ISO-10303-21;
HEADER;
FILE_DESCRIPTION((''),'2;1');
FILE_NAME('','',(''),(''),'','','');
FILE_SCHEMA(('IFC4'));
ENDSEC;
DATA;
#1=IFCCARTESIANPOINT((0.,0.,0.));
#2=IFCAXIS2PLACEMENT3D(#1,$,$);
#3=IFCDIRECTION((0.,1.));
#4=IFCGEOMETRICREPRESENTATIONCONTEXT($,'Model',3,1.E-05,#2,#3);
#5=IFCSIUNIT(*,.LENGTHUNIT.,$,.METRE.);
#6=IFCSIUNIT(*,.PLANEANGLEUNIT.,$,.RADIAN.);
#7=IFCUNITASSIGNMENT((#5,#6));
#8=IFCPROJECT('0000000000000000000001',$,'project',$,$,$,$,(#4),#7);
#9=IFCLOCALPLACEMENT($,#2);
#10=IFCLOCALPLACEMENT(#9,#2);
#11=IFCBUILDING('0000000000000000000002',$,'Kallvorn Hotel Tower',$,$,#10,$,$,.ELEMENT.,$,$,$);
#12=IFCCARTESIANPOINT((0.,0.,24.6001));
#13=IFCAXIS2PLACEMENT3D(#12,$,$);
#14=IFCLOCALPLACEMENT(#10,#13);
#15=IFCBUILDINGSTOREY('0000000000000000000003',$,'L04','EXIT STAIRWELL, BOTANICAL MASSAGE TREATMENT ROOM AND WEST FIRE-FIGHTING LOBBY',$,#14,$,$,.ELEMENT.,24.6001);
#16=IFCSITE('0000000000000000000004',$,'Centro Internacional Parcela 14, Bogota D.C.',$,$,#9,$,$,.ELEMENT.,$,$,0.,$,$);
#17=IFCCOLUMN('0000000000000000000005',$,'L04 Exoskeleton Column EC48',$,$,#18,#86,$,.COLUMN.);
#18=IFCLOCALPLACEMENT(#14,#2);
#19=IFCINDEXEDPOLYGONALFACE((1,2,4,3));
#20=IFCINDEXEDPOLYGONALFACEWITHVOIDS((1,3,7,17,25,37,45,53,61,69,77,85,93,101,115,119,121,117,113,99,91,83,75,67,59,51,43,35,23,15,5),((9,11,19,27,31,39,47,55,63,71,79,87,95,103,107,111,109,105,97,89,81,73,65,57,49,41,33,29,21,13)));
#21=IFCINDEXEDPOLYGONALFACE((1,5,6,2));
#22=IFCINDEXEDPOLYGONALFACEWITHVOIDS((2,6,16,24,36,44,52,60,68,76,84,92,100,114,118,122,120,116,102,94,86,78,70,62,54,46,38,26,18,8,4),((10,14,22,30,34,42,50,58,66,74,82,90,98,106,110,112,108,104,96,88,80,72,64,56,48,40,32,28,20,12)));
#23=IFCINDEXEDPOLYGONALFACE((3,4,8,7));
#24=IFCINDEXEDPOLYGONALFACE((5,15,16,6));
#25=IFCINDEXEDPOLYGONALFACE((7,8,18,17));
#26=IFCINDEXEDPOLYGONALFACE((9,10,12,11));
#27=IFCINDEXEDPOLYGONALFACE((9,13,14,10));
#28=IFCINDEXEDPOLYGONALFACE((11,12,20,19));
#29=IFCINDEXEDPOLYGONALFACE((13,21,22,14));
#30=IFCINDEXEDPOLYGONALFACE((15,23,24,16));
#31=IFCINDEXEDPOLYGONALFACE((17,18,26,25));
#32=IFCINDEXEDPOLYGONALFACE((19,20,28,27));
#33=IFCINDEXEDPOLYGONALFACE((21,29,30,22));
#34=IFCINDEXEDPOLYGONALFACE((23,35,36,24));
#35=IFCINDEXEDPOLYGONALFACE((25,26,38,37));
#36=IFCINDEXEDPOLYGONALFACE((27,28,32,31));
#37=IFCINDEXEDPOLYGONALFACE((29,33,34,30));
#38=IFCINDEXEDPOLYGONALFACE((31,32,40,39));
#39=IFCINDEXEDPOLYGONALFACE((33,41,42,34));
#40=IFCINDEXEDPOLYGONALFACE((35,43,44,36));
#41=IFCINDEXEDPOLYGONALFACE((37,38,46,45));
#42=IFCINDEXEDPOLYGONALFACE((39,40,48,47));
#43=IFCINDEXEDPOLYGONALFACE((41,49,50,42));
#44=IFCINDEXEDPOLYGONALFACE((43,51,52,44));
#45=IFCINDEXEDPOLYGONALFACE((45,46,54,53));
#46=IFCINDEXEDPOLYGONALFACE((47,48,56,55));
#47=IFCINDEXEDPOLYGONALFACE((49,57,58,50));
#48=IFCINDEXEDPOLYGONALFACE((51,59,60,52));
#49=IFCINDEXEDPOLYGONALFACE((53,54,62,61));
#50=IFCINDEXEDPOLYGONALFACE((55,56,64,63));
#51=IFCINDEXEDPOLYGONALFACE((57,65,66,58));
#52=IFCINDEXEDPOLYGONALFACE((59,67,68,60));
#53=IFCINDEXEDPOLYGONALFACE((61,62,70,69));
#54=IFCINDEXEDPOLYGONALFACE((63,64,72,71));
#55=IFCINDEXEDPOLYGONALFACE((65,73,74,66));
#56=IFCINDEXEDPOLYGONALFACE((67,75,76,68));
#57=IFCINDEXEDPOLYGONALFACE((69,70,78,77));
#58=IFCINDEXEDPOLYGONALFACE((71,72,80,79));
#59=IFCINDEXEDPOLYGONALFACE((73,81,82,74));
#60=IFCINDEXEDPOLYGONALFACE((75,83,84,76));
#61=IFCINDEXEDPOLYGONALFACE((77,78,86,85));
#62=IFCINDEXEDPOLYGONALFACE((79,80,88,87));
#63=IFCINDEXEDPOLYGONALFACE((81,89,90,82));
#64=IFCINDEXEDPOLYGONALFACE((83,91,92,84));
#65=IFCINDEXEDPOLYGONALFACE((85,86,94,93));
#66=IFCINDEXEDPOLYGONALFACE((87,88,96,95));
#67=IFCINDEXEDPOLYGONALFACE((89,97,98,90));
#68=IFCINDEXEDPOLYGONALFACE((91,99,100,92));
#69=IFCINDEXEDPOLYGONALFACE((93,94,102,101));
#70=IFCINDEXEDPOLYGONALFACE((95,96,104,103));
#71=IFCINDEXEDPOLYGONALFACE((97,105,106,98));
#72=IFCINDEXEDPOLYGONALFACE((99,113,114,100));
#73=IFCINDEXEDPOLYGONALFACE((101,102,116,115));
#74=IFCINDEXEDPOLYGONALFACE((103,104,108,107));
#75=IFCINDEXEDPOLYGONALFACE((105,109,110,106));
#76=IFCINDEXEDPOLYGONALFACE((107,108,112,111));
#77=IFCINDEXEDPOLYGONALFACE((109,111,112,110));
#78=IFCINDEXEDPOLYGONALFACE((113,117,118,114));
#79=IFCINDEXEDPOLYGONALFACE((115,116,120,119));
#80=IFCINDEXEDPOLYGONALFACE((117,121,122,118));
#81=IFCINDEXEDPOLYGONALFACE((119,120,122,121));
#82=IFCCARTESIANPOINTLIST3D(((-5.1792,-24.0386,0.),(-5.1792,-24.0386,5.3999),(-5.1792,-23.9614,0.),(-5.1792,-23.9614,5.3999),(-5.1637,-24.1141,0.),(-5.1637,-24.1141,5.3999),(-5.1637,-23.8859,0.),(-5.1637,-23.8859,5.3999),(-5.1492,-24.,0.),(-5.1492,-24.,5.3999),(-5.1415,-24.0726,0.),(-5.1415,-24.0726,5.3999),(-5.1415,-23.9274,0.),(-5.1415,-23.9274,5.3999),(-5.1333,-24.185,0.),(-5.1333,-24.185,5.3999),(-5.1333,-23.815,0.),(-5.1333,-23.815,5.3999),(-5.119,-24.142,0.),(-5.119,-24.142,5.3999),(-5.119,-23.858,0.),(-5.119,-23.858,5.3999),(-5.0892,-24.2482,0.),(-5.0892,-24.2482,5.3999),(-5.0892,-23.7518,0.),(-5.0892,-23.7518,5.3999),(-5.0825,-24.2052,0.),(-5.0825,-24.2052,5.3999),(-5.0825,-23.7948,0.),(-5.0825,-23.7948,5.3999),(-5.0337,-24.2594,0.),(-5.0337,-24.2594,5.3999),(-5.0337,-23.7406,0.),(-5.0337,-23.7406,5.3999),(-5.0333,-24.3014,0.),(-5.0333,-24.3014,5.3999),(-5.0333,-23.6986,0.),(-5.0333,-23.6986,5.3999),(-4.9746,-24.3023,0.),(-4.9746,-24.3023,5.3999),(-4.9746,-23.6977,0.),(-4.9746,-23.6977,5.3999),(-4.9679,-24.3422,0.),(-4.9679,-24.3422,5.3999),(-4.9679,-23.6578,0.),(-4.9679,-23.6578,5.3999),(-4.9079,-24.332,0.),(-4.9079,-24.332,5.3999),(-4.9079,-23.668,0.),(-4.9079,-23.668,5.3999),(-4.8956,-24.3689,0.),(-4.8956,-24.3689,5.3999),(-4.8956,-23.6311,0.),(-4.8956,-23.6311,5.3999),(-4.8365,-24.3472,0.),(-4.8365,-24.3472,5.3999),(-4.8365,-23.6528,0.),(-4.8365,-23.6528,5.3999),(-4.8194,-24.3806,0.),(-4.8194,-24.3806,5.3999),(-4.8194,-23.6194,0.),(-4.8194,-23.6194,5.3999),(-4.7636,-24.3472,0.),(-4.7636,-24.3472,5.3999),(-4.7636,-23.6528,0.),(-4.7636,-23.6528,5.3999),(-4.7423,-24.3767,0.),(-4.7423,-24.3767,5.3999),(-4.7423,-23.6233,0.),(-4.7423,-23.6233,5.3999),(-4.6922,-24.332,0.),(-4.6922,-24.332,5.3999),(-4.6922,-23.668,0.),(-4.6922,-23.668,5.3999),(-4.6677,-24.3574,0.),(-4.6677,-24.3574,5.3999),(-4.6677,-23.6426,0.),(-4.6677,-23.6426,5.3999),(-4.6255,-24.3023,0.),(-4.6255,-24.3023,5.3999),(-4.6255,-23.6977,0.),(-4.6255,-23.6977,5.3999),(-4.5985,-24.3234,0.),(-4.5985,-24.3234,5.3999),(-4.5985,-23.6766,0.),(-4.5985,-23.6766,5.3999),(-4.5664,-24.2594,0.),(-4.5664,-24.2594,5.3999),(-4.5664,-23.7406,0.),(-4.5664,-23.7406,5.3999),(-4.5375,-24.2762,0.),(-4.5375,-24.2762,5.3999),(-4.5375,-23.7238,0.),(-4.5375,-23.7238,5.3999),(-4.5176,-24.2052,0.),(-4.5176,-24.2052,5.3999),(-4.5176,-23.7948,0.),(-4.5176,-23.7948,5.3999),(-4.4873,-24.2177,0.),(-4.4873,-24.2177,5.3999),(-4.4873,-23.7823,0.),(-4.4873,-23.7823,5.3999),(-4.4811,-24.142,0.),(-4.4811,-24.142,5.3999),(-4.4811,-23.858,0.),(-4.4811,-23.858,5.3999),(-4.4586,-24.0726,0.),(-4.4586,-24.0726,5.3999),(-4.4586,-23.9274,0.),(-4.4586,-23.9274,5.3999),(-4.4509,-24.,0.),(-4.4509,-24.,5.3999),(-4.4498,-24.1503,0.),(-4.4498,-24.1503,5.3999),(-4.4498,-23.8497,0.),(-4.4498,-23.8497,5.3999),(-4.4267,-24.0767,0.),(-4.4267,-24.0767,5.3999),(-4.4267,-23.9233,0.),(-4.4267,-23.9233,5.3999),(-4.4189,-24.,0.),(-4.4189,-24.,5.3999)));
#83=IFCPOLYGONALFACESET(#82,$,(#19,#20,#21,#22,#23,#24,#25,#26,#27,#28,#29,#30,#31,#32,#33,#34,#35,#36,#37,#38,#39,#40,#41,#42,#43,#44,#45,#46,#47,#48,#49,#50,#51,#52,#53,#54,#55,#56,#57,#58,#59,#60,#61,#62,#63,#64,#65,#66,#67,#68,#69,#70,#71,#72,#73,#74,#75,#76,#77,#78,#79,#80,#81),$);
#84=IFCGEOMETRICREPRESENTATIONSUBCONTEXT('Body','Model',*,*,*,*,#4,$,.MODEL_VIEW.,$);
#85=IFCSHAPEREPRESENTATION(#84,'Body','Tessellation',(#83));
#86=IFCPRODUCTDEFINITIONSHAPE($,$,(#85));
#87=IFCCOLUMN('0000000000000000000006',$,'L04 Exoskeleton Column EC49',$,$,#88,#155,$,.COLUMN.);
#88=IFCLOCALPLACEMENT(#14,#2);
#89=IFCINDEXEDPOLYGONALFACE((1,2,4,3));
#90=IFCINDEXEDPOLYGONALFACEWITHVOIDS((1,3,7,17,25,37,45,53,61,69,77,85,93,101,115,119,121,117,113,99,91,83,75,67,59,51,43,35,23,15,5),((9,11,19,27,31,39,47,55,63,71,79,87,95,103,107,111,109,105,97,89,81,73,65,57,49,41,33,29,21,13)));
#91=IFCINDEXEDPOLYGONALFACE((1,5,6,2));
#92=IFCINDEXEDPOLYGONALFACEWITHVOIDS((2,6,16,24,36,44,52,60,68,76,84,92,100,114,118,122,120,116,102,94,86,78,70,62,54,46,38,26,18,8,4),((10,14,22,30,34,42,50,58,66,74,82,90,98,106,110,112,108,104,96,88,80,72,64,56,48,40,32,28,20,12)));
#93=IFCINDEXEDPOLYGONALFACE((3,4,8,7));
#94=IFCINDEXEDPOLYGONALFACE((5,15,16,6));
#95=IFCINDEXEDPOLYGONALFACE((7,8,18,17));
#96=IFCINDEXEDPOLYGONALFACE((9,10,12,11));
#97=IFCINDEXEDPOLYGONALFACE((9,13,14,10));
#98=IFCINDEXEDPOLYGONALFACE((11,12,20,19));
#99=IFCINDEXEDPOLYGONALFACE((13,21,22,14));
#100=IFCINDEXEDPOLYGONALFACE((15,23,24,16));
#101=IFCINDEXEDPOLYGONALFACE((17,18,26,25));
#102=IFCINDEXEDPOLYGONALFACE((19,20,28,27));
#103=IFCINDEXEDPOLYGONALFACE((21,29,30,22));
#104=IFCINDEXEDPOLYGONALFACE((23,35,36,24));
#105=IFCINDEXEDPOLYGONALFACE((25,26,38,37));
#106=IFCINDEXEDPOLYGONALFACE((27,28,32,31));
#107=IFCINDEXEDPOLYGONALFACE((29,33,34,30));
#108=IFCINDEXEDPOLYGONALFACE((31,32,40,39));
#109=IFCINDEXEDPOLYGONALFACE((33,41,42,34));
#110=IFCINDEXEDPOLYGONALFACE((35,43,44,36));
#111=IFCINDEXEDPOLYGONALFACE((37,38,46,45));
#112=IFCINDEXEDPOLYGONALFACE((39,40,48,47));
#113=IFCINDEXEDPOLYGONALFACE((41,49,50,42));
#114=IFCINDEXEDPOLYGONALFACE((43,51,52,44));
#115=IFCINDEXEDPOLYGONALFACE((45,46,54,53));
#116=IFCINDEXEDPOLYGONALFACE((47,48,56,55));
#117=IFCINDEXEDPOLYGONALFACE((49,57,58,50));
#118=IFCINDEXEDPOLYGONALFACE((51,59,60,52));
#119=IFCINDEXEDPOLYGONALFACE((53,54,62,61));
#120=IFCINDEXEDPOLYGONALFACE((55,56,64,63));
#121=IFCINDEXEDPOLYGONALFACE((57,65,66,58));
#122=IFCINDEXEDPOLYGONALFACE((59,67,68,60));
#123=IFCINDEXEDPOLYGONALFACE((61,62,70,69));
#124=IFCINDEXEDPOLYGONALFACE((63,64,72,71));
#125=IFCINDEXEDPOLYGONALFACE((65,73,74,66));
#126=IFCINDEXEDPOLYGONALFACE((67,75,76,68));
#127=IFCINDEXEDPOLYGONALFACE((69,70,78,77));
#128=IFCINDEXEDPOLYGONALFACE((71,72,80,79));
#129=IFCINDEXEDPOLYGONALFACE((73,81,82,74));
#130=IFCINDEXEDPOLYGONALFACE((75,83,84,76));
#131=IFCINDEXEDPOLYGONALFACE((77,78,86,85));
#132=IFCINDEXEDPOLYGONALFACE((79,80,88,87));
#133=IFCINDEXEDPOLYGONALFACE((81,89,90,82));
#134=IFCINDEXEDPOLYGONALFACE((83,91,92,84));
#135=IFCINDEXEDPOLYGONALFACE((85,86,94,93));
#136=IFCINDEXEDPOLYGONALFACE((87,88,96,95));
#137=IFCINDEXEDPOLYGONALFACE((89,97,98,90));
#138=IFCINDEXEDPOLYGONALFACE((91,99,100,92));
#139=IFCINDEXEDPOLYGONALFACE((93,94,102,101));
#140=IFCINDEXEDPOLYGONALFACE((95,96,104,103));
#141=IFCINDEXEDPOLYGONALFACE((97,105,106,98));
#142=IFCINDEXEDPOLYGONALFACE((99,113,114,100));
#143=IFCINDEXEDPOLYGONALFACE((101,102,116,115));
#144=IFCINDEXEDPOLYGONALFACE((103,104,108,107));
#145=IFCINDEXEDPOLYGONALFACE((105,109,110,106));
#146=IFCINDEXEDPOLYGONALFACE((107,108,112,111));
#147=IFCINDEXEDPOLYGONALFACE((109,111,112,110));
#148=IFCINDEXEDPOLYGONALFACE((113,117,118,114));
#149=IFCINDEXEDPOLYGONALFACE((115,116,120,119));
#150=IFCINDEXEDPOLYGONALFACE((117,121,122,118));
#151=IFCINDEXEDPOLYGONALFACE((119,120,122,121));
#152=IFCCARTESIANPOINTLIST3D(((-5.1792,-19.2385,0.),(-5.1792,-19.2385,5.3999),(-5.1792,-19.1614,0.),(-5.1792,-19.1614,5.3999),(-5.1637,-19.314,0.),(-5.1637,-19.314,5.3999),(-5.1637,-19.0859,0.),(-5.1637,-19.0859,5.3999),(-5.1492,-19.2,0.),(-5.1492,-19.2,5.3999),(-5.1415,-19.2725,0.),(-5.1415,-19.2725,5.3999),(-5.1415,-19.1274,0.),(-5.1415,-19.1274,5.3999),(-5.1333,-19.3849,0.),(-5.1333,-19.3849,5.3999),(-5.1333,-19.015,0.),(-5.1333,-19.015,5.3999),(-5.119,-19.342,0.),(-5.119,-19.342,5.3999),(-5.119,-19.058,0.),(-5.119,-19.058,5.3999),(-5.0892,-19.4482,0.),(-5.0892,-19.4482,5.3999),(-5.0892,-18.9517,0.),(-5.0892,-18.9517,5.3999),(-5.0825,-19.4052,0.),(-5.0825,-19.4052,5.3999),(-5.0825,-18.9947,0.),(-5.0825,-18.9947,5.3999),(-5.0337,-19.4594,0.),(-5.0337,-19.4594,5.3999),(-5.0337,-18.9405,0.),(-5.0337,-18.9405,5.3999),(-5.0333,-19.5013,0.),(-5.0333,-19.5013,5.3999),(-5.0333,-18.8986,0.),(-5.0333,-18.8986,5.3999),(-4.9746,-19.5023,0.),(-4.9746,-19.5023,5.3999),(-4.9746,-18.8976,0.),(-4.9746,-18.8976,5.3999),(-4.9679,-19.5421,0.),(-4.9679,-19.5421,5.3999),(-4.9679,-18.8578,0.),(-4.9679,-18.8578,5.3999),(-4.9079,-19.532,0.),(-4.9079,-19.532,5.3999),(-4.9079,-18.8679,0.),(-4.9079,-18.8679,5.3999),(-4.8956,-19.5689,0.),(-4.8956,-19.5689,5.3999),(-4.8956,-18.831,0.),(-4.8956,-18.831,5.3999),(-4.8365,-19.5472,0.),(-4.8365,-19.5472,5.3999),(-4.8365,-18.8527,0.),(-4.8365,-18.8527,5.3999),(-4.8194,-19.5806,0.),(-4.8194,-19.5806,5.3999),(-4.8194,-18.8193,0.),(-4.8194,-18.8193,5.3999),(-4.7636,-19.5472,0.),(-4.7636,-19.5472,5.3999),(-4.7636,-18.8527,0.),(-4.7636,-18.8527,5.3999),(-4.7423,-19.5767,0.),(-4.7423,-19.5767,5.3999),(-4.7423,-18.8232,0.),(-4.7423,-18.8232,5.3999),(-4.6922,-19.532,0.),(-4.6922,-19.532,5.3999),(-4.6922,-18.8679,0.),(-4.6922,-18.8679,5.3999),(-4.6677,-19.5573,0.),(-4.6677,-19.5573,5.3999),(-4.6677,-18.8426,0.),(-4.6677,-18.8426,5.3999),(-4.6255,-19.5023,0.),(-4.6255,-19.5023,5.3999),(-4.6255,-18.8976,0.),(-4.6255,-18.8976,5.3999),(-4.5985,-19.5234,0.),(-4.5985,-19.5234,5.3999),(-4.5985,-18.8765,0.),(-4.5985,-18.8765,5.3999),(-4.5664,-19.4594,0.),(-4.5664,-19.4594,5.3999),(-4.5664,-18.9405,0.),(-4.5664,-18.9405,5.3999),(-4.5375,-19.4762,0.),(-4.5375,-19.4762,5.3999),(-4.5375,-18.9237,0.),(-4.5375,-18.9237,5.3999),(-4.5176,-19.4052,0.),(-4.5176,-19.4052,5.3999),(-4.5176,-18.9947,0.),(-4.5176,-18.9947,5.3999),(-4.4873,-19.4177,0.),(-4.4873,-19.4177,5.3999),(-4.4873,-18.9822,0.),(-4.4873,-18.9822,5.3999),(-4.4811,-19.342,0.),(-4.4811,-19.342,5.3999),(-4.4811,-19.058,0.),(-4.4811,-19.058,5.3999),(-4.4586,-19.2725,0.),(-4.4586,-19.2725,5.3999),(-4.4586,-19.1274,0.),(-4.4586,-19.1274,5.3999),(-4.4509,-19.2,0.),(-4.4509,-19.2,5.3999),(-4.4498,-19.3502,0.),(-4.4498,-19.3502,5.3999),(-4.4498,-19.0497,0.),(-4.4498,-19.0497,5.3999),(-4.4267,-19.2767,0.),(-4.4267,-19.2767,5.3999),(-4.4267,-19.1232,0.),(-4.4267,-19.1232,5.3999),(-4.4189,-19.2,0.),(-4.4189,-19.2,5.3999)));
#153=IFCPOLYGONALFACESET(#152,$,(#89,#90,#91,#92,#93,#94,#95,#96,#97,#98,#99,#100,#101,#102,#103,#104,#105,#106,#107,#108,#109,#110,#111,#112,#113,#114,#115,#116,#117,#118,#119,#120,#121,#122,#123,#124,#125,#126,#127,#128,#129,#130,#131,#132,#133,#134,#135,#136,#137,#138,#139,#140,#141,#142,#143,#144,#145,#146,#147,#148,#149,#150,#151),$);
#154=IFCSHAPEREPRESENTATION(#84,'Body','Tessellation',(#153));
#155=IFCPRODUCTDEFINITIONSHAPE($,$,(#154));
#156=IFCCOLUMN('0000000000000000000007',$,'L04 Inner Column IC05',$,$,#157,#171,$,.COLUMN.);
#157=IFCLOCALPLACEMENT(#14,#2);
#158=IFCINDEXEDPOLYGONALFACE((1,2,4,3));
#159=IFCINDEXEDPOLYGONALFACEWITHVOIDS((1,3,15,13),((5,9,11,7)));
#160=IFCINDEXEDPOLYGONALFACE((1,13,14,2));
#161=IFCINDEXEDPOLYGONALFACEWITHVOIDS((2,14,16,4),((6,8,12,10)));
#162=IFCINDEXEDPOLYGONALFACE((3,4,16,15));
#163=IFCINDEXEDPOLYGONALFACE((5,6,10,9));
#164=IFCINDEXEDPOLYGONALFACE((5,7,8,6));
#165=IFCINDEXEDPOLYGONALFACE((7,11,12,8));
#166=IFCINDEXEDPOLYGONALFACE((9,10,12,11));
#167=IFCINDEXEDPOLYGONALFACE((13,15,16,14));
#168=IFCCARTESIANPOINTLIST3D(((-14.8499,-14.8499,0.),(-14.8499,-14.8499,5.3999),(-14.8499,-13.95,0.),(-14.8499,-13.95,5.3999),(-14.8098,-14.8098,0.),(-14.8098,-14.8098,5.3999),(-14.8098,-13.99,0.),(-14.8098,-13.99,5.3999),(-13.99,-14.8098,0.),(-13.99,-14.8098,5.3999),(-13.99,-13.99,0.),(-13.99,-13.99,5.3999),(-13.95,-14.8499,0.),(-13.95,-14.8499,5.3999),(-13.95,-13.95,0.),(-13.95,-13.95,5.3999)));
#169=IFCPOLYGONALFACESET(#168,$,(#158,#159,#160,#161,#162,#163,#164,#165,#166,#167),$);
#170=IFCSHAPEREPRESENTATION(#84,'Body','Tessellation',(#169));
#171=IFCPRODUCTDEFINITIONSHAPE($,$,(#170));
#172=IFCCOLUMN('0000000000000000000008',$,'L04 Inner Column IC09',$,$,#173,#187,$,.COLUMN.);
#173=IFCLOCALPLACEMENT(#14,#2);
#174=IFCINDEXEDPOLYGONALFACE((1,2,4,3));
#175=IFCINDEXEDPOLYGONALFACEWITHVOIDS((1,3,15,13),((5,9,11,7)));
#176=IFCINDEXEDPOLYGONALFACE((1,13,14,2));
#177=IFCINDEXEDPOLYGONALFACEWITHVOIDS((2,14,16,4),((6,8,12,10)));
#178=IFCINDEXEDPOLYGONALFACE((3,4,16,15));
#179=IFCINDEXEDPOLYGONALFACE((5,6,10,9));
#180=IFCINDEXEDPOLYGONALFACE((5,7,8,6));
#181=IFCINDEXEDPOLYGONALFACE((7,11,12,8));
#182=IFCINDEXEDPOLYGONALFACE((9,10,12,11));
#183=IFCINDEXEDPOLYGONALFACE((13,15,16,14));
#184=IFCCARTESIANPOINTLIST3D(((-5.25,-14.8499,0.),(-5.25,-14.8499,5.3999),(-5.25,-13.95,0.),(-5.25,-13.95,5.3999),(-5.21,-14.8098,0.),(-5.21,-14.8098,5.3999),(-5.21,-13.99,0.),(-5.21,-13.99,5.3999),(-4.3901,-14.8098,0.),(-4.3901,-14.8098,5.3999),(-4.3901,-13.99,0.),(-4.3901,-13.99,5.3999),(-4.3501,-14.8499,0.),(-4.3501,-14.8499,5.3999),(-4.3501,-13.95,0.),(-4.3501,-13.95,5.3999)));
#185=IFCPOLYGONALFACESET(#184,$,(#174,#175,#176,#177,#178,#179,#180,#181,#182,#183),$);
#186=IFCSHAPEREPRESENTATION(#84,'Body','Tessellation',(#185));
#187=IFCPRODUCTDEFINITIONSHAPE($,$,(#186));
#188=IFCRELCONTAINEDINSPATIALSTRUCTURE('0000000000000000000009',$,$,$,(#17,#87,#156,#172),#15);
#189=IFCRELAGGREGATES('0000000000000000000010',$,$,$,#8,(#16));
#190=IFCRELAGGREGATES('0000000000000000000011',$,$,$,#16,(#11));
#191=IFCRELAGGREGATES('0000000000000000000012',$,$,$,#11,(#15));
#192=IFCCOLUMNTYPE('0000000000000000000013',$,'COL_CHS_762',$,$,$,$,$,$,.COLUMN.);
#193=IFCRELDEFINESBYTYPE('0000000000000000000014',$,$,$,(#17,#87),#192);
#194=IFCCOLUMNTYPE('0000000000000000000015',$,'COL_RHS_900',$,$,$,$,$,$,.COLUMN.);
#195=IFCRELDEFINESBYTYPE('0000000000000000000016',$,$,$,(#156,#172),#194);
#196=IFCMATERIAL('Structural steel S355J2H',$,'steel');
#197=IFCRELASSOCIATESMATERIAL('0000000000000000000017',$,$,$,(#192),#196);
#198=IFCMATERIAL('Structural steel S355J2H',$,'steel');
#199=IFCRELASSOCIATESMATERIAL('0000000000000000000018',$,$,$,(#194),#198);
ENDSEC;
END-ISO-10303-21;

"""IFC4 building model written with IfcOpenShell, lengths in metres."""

from ifc_helpers import new_model, si_unit, direction, frame, origin, origin_2d, place, context, subcontext, project, spatial, hollow_rectangle, hollow_circle, extrude, material, material_profile, profile_set, type_object, element, save


model = new_model("IFC4")

# Units and contexts
model_context = context("Model", 3, precision=1e-05, world=origin(), true_north=direction((0.0, 1.0)))
body_context = subcontext(model_context, "Body", "Model", "MODEL_VIEW")
ifc_project = project(units=[si_unit("LENGTHUNIT", "METRE"), si_unit("PLANEANGLEUNIT", "RADIAN")], contexts=[model_context])

# Site, building, storey
site_placement = place(None, origin())
site = spatial("IfcSite", under=ifc_project, at=site_placement, Name="Centro Internacional Parcela 14, Bogota D.C.", CompositionType="ELEMENT", RefElevation=0.0)
building_placement = place(site_placement, origin())
building = spatial("IfcBuilding", under=site, at=building_placement, Name="Kallvorn Hotel Tower", CompositionType="ELEMENT")
storey_placement = place(building_placement, frame((0.0, 0.0, 24.6001)))
storey = spatial("IfcBuildingStorey", under=building, at=storey_placement, Name="L04", Description="EXIT STAIRWELL, BOTANICAL MASSAGE TREATMENT ROOM AND WEST FIRE-FIGHTING LOBBY", CompositionType="ELEMENT", Elevation=24.6001)

# Columns
ifc_material_1 = material(Name="Structural steel S355J2H", Category="steel")
ifc_material_profile_1 = material_profile(ifc_material_1, hollow_circle(Radius=0.3811, WallThickness=0.032, at=origin_2d()), Name="CHS 762x32")
ifc_profile_set_1 = profile_set([ifc_material_profile_1], Name="Structural steel S355J2H")
column_type_1 = type_object("IfcColumnType", Name="COL_CHS_762", PredefinedType="COLUMN", material=ifc_profile_set_1)
for number, where, z_axis, x_axis, name in (
    (1, (-4.8, -24.0, 0.0), (0.0, 0.0, 1.0), (1.0, 0.0, 0.0), "L04 Exoskeleton Column EC48"),
    (2, (-4.8, -19.2, 0.0), (0.0, 0.0, 1.0), (1.0, 0.0, 0.0), "L04 Exoskeleton Column EC49"),
):
    element("IfcColumn", number, at=place(storey_placement, frame(where, z_axis=z_axis, x_axis=x_axis)), inside=storey, type_object=column_type_1, Name=name, PredefinedType="COLUMN", context=body_context, shape_type="SweptSolid", body=[
        extrude(hollow_circle(Radius=0.3811, WallThickness=0.032, at=origin_2d()), origin(), (0.0, 0.0, 1.0), 5.3999),
    ])
ifc_material_2 = material(Name="Structural steel S355J2H", Category="steel")
ifc_material_profile_2 = material_profile(ifc_material_2, hollow_rectangle(XDim=0.8999, YDim=0.8999, WallThickness=0.04, at=origin_2d()), Name="RHS 900x900x40")
ifc_profile_set_2 = profile_set([ifc_material_profile_2], Name="Structural steel S355J2H")
column_type_2 = type_object("IfcColumnType", Name="COL_RHS_900", PredefinedType="COLUMN", material=ifc_profile_set_2)
for number, where, z_axis, x_axis, name in (
    (3, (-14.3999, -14.3999, 0.0), (0.0, 0.0, 1.0), (1.0, 0.0, 0.0), "L04 Inner Column IC05"),
    (4, (-4.8, -14.3999, 0.0), (0.0, 0.0, 1.0), (1.0, 0.0, 0.0), "L04 Inner Column IC09"),
):
    element("IfcColumn", number, at=place(storey_placement, frame(where, z_axis=z_axis, x_axis=x_axis)), inside=storey, type_object=column_type_2, Name=name, PredefinedType="COLUMN", context=body_context, shape_type="SweptSolid", body=[
        extrude(hollow_rectangle(XDim=0.8999, YDim=0.8999, WallThickness=0.04, at=origin_2d()), origin(), (0.0, 0.0, 1.0), 5.3999),
    ])

save(model, "model.ifc")
